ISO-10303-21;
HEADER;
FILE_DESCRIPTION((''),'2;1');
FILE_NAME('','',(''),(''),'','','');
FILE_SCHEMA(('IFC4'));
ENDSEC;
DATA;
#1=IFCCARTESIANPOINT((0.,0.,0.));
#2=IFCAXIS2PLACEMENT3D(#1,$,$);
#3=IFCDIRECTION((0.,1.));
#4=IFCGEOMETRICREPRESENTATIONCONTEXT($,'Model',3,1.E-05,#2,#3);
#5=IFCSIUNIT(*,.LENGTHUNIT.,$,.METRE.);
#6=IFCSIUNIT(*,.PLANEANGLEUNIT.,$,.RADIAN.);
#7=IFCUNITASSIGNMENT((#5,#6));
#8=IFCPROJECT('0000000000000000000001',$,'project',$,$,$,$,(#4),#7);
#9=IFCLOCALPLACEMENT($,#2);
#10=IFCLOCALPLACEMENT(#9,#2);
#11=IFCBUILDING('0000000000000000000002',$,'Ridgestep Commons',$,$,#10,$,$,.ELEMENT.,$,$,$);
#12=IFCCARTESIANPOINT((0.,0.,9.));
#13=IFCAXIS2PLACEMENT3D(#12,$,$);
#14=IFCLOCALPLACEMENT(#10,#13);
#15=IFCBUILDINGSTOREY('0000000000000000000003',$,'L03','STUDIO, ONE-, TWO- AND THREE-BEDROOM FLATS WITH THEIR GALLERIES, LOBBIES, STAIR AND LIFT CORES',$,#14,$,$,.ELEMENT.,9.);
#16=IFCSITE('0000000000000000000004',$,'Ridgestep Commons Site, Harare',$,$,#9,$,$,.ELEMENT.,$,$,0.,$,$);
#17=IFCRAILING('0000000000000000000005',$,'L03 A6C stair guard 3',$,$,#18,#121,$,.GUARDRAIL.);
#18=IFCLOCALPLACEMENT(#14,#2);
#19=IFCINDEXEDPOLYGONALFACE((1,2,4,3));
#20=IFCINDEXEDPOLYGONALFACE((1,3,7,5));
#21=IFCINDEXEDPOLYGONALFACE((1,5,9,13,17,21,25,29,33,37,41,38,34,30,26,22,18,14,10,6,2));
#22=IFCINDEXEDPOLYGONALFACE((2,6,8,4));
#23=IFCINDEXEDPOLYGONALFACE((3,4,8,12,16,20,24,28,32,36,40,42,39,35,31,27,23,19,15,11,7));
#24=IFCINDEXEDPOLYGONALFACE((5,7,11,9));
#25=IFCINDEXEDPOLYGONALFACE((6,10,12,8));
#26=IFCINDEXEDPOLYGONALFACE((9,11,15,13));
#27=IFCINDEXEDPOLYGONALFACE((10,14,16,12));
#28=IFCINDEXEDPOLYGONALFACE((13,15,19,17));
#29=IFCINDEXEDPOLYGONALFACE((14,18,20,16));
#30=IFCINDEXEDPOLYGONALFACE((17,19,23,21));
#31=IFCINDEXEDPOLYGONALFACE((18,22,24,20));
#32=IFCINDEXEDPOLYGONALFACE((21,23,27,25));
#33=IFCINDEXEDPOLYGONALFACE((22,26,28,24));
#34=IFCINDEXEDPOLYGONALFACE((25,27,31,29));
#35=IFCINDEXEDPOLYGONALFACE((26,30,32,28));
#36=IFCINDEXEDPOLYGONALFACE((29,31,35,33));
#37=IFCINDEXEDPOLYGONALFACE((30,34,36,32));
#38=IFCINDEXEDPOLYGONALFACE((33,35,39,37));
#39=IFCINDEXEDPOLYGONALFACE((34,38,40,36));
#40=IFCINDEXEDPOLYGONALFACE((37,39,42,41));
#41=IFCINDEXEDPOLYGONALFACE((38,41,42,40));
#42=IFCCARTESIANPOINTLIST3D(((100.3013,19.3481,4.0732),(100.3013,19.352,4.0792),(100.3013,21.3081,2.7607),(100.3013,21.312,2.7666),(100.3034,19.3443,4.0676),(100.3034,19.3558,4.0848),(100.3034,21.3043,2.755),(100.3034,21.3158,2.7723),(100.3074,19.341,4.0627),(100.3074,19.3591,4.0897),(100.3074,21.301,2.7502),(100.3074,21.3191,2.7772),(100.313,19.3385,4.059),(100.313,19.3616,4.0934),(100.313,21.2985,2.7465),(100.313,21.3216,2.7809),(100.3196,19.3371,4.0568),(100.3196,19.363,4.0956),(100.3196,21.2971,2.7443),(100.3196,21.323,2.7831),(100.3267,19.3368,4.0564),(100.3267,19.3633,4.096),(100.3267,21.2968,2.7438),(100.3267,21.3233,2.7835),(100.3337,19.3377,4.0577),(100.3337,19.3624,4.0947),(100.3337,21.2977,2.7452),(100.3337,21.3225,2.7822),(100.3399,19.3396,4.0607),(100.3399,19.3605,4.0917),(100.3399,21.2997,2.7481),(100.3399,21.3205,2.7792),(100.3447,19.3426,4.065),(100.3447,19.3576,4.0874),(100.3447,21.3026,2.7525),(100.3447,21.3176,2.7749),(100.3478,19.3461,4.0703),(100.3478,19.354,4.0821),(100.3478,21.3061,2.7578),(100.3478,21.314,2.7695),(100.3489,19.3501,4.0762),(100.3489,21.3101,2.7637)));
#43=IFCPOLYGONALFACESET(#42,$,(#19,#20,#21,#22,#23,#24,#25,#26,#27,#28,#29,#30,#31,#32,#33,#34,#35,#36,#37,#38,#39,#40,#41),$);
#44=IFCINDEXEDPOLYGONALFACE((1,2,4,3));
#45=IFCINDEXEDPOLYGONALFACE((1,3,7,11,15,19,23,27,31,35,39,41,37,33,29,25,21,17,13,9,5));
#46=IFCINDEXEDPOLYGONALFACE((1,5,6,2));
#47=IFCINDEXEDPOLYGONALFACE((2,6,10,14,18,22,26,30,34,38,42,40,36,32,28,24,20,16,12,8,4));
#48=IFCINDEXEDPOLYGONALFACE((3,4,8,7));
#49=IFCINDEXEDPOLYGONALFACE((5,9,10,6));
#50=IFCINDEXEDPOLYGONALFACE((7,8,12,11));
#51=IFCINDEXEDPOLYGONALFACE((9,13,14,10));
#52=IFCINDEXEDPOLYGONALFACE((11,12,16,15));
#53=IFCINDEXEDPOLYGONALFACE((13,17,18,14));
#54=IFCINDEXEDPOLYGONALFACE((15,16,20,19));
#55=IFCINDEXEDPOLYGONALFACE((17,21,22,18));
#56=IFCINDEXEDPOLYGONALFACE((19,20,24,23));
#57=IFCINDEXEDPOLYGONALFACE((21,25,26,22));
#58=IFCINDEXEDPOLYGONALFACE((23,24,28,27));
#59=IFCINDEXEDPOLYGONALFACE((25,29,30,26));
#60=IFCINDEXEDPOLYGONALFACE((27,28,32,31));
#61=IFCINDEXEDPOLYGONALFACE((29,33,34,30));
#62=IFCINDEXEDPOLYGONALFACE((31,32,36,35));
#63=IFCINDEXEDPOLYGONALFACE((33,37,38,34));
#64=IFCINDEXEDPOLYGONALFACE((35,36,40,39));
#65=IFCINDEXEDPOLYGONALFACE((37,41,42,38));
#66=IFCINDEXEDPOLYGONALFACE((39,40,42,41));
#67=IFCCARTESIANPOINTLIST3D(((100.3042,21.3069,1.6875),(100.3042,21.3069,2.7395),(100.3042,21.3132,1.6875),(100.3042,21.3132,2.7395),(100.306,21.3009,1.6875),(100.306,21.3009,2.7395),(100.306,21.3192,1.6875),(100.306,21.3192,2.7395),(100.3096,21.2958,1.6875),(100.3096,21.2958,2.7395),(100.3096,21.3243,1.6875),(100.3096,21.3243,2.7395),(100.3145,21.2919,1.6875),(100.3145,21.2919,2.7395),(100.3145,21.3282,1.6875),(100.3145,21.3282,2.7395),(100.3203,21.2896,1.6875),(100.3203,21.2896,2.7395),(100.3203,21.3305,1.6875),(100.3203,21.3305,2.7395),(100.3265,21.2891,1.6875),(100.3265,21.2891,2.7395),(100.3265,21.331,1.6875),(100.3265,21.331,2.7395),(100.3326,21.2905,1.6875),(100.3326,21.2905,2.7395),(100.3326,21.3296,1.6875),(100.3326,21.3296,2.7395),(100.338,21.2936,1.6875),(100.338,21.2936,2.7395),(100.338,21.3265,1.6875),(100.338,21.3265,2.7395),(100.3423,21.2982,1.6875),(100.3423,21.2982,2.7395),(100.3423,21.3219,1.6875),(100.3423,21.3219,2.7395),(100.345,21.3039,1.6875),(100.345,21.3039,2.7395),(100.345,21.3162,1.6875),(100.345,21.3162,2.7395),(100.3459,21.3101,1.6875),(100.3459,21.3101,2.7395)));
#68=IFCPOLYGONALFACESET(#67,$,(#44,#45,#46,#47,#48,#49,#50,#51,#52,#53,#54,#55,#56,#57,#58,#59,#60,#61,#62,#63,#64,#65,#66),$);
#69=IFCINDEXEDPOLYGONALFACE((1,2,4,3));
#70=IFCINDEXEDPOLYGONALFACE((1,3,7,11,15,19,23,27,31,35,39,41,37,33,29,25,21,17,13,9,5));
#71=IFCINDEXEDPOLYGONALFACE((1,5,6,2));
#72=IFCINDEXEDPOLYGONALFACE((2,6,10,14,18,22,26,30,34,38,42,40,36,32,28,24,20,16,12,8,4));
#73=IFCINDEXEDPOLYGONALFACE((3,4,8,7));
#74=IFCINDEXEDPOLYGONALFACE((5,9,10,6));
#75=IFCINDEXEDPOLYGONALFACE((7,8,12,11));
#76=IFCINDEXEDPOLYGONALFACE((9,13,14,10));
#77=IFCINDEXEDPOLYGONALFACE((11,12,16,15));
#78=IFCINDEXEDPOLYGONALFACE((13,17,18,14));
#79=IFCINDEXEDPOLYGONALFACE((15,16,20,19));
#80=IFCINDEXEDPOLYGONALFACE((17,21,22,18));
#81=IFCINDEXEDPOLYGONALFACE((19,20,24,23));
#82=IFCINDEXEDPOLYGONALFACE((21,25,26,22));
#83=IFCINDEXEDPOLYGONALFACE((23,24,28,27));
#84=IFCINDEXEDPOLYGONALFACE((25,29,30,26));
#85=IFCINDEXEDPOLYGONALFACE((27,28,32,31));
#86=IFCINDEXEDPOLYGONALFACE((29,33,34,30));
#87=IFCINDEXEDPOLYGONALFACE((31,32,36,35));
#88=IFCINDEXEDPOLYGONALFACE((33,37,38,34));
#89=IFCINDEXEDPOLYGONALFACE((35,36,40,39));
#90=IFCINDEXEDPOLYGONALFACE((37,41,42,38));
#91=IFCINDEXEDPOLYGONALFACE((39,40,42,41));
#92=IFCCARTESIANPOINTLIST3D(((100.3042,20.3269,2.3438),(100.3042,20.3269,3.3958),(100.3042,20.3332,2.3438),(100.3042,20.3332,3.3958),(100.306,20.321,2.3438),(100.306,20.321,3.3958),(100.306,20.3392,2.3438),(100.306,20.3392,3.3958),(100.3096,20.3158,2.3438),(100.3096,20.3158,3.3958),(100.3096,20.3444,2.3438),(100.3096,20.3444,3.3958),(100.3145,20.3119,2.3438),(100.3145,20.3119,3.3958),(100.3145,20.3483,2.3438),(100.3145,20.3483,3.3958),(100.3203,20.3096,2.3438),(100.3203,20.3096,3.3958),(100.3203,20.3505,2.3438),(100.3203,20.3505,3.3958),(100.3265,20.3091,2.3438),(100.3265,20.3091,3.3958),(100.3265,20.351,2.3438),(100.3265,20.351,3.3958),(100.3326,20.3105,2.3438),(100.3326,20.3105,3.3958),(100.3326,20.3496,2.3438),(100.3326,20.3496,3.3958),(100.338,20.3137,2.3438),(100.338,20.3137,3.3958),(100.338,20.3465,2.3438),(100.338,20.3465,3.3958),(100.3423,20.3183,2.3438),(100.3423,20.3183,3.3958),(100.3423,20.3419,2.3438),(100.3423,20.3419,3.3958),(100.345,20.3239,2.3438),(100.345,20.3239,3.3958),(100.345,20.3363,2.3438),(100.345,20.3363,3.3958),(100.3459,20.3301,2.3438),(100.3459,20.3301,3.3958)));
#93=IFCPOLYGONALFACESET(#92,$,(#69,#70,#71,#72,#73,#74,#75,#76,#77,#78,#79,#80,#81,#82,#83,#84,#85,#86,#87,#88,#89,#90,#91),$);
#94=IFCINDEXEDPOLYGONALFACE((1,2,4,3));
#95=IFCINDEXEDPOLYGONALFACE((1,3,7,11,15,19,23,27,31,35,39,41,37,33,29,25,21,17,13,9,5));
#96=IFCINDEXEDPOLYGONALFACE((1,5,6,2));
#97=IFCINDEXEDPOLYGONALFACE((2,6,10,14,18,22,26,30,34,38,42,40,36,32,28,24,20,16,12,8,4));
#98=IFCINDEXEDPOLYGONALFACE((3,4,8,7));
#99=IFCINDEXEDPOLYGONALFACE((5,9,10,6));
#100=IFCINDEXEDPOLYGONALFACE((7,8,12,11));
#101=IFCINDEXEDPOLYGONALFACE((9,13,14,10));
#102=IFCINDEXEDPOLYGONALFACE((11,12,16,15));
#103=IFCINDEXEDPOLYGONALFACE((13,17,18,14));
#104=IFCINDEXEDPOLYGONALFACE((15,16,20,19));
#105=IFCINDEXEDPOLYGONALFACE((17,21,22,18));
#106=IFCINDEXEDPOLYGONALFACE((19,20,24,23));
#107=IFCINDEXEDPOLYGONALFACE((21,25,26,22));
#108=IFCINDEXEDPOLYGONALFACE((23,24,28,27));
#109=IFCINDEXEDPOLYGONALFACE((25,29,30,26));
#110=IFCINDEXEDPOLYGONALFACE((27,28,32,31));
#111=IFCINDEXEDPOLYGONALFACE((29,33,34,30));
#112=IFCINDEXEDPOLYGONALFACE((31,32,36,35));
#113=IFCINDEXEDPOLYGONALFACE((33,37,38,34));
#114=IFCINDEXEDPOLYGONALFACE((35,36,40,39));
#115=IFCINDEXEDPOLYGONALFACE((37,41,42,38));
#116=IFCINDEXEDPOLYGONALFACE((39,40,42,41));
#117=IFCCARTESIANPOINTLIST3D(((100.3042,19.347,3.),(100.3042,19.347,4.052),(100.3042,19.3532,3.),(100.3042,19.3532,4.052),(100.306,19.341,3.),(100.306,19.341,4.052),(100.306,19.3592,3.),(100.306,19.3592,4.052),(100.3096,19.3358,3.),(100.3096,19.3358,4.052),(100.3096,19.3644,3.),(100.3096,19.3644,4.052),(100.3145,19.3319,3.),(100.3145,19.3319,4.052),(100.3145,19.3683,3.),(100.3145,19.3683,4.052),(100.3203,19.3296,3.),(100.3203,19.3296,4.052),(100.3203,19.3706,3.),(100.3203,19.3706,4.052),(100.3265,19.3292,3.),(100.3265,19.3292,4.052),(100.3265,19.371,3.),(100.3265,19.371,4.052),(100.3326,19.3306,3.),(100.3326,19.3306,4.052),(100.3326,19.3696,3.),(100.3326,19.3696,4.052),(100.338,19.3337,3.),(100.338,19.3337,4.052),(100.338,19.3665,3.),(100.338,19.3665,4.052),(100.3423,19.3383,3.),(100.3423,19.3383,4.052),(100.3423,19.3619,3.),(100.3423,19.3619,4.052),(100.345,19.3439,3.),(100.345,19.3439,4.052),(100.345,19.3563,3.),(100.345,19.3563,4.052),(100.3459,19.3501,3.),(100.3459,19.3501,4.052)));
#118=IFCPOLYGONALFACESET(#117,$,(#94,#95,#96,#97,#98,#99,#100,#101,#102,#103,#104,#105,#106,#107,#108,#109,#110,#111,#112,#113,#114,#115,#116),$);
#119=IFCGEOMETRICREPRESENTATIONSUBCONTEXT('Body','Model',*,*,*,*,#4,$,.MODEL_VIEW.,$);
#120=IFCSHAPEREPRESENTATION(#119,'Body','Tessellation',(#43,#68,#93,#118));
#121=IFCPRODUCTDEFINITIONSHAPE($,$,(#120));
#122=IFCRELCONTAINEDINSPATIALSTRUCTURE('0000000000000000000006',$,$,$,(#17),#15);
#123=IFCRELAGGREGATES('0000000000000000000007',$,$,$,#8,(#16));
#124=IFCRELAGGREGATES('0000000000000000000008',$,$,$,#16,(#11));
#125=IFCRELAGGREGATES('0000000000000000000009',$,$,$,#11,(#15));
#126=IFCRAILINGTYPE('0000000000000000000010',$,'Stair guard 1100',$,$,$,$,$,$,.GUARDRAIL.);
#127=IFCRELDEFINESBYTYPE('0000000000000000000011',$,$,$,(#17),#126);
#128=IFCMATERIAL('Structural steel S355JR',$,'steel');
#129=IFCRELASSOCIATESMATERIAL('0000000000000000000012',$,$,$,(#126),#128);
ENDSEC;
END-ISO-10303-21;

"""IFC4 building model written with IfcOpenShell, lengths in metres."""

from ifc_helpers import new_model, si_unit, direction, frame, origin, origin_2d, place, context, subcontext, project, spatial, circle, extrude, material, type_object, element, save


model = new_model("IFC4")

# Units and contexts
model_context = context("Model", 3, precision=1e-05, world=origin(), true_north=direction((0.0, 1.0)))
body_context = subcontext(model_context, "Body", "Model", "MODEL_VIEW")
ifc_project = project(units=[si_unit("LENGTHUNIT", "METRE"), si_unit("PLANEANGLEUNIT", "RADIAN")], contexts=[model_context])

# Site, building, storey
site_placement = place(None, origin())
site = spatial("IfcSite", under=ifc_project, at=site_placement, Name="Ridgestep Commons Site, Harare", CompositionType="ELEMENT", RefElevation=0.0)
building_placement = place(site_placement, origin())
building = spatial("IfcBuilding", under=site, at=building_placement, Name="Ridgestep Commons", CompositionType="ELEMENT")
storey_placement = place(building_placement, frame((0.0, 0.0, 9.0)))
storey = spatial("IfcBuildingStorey", under=building, at=storey_placement, Name="L03", Description="STUDIO, ONE-, TWO- AND THREE-BEDROOM FLATS WITH THEIR GALLERIES, LOBBIES, STAIR AND LIFT CORES", CompositionType="ELEMENT", Elevation=9.0)

# Railing
ifc_material_1 = material(Name="Structural steel S355JR", Category="steel")
railing_type_1 = type_object("IfcRailingType", Name="Stair guard 1100", PredefinedType="GUARDRAIL", material=ifc_material_1)
railing_1_placement = place(storey_placement, frame((100.325, 21.3101, 1.6875)))
element("IfcRailing", 1, at=railing_1_placement, inside=storey, type_object=railing_type_1, Name="L03 A6C stair guard 3", PredefinedType="GUARDRAIL", context=body_context, shape_type="SweptSolid", body=[
    extrude(circle(Radius=0.0239, at=origin_2d()), frame((0.0, 0.0, 1.0762), z_axis=(0.0, -0.830902, 0.556419), x_axis=(1.0, 0.0, 0.0)), (0.0, 0.0, 1.0), 2.3589),
    extrude(circle(Radius=0.021, at=origin_2d()), origin(), (0.0, 0.0, 1.0), 1.052),
    extrude(circle(Radius=0.021, at=origin_2d()), frame((0.0, -0.98, 0.6562)), (0.0, 0.0, 1.0), 1.052),
    extrude(circle(Radius=0.021, at=origin_2d()), frame((0.0, -1.96, 1.3125)), (0.0, 0.0, 1.0), 1.052),
])

save(model, "model.ifc")
